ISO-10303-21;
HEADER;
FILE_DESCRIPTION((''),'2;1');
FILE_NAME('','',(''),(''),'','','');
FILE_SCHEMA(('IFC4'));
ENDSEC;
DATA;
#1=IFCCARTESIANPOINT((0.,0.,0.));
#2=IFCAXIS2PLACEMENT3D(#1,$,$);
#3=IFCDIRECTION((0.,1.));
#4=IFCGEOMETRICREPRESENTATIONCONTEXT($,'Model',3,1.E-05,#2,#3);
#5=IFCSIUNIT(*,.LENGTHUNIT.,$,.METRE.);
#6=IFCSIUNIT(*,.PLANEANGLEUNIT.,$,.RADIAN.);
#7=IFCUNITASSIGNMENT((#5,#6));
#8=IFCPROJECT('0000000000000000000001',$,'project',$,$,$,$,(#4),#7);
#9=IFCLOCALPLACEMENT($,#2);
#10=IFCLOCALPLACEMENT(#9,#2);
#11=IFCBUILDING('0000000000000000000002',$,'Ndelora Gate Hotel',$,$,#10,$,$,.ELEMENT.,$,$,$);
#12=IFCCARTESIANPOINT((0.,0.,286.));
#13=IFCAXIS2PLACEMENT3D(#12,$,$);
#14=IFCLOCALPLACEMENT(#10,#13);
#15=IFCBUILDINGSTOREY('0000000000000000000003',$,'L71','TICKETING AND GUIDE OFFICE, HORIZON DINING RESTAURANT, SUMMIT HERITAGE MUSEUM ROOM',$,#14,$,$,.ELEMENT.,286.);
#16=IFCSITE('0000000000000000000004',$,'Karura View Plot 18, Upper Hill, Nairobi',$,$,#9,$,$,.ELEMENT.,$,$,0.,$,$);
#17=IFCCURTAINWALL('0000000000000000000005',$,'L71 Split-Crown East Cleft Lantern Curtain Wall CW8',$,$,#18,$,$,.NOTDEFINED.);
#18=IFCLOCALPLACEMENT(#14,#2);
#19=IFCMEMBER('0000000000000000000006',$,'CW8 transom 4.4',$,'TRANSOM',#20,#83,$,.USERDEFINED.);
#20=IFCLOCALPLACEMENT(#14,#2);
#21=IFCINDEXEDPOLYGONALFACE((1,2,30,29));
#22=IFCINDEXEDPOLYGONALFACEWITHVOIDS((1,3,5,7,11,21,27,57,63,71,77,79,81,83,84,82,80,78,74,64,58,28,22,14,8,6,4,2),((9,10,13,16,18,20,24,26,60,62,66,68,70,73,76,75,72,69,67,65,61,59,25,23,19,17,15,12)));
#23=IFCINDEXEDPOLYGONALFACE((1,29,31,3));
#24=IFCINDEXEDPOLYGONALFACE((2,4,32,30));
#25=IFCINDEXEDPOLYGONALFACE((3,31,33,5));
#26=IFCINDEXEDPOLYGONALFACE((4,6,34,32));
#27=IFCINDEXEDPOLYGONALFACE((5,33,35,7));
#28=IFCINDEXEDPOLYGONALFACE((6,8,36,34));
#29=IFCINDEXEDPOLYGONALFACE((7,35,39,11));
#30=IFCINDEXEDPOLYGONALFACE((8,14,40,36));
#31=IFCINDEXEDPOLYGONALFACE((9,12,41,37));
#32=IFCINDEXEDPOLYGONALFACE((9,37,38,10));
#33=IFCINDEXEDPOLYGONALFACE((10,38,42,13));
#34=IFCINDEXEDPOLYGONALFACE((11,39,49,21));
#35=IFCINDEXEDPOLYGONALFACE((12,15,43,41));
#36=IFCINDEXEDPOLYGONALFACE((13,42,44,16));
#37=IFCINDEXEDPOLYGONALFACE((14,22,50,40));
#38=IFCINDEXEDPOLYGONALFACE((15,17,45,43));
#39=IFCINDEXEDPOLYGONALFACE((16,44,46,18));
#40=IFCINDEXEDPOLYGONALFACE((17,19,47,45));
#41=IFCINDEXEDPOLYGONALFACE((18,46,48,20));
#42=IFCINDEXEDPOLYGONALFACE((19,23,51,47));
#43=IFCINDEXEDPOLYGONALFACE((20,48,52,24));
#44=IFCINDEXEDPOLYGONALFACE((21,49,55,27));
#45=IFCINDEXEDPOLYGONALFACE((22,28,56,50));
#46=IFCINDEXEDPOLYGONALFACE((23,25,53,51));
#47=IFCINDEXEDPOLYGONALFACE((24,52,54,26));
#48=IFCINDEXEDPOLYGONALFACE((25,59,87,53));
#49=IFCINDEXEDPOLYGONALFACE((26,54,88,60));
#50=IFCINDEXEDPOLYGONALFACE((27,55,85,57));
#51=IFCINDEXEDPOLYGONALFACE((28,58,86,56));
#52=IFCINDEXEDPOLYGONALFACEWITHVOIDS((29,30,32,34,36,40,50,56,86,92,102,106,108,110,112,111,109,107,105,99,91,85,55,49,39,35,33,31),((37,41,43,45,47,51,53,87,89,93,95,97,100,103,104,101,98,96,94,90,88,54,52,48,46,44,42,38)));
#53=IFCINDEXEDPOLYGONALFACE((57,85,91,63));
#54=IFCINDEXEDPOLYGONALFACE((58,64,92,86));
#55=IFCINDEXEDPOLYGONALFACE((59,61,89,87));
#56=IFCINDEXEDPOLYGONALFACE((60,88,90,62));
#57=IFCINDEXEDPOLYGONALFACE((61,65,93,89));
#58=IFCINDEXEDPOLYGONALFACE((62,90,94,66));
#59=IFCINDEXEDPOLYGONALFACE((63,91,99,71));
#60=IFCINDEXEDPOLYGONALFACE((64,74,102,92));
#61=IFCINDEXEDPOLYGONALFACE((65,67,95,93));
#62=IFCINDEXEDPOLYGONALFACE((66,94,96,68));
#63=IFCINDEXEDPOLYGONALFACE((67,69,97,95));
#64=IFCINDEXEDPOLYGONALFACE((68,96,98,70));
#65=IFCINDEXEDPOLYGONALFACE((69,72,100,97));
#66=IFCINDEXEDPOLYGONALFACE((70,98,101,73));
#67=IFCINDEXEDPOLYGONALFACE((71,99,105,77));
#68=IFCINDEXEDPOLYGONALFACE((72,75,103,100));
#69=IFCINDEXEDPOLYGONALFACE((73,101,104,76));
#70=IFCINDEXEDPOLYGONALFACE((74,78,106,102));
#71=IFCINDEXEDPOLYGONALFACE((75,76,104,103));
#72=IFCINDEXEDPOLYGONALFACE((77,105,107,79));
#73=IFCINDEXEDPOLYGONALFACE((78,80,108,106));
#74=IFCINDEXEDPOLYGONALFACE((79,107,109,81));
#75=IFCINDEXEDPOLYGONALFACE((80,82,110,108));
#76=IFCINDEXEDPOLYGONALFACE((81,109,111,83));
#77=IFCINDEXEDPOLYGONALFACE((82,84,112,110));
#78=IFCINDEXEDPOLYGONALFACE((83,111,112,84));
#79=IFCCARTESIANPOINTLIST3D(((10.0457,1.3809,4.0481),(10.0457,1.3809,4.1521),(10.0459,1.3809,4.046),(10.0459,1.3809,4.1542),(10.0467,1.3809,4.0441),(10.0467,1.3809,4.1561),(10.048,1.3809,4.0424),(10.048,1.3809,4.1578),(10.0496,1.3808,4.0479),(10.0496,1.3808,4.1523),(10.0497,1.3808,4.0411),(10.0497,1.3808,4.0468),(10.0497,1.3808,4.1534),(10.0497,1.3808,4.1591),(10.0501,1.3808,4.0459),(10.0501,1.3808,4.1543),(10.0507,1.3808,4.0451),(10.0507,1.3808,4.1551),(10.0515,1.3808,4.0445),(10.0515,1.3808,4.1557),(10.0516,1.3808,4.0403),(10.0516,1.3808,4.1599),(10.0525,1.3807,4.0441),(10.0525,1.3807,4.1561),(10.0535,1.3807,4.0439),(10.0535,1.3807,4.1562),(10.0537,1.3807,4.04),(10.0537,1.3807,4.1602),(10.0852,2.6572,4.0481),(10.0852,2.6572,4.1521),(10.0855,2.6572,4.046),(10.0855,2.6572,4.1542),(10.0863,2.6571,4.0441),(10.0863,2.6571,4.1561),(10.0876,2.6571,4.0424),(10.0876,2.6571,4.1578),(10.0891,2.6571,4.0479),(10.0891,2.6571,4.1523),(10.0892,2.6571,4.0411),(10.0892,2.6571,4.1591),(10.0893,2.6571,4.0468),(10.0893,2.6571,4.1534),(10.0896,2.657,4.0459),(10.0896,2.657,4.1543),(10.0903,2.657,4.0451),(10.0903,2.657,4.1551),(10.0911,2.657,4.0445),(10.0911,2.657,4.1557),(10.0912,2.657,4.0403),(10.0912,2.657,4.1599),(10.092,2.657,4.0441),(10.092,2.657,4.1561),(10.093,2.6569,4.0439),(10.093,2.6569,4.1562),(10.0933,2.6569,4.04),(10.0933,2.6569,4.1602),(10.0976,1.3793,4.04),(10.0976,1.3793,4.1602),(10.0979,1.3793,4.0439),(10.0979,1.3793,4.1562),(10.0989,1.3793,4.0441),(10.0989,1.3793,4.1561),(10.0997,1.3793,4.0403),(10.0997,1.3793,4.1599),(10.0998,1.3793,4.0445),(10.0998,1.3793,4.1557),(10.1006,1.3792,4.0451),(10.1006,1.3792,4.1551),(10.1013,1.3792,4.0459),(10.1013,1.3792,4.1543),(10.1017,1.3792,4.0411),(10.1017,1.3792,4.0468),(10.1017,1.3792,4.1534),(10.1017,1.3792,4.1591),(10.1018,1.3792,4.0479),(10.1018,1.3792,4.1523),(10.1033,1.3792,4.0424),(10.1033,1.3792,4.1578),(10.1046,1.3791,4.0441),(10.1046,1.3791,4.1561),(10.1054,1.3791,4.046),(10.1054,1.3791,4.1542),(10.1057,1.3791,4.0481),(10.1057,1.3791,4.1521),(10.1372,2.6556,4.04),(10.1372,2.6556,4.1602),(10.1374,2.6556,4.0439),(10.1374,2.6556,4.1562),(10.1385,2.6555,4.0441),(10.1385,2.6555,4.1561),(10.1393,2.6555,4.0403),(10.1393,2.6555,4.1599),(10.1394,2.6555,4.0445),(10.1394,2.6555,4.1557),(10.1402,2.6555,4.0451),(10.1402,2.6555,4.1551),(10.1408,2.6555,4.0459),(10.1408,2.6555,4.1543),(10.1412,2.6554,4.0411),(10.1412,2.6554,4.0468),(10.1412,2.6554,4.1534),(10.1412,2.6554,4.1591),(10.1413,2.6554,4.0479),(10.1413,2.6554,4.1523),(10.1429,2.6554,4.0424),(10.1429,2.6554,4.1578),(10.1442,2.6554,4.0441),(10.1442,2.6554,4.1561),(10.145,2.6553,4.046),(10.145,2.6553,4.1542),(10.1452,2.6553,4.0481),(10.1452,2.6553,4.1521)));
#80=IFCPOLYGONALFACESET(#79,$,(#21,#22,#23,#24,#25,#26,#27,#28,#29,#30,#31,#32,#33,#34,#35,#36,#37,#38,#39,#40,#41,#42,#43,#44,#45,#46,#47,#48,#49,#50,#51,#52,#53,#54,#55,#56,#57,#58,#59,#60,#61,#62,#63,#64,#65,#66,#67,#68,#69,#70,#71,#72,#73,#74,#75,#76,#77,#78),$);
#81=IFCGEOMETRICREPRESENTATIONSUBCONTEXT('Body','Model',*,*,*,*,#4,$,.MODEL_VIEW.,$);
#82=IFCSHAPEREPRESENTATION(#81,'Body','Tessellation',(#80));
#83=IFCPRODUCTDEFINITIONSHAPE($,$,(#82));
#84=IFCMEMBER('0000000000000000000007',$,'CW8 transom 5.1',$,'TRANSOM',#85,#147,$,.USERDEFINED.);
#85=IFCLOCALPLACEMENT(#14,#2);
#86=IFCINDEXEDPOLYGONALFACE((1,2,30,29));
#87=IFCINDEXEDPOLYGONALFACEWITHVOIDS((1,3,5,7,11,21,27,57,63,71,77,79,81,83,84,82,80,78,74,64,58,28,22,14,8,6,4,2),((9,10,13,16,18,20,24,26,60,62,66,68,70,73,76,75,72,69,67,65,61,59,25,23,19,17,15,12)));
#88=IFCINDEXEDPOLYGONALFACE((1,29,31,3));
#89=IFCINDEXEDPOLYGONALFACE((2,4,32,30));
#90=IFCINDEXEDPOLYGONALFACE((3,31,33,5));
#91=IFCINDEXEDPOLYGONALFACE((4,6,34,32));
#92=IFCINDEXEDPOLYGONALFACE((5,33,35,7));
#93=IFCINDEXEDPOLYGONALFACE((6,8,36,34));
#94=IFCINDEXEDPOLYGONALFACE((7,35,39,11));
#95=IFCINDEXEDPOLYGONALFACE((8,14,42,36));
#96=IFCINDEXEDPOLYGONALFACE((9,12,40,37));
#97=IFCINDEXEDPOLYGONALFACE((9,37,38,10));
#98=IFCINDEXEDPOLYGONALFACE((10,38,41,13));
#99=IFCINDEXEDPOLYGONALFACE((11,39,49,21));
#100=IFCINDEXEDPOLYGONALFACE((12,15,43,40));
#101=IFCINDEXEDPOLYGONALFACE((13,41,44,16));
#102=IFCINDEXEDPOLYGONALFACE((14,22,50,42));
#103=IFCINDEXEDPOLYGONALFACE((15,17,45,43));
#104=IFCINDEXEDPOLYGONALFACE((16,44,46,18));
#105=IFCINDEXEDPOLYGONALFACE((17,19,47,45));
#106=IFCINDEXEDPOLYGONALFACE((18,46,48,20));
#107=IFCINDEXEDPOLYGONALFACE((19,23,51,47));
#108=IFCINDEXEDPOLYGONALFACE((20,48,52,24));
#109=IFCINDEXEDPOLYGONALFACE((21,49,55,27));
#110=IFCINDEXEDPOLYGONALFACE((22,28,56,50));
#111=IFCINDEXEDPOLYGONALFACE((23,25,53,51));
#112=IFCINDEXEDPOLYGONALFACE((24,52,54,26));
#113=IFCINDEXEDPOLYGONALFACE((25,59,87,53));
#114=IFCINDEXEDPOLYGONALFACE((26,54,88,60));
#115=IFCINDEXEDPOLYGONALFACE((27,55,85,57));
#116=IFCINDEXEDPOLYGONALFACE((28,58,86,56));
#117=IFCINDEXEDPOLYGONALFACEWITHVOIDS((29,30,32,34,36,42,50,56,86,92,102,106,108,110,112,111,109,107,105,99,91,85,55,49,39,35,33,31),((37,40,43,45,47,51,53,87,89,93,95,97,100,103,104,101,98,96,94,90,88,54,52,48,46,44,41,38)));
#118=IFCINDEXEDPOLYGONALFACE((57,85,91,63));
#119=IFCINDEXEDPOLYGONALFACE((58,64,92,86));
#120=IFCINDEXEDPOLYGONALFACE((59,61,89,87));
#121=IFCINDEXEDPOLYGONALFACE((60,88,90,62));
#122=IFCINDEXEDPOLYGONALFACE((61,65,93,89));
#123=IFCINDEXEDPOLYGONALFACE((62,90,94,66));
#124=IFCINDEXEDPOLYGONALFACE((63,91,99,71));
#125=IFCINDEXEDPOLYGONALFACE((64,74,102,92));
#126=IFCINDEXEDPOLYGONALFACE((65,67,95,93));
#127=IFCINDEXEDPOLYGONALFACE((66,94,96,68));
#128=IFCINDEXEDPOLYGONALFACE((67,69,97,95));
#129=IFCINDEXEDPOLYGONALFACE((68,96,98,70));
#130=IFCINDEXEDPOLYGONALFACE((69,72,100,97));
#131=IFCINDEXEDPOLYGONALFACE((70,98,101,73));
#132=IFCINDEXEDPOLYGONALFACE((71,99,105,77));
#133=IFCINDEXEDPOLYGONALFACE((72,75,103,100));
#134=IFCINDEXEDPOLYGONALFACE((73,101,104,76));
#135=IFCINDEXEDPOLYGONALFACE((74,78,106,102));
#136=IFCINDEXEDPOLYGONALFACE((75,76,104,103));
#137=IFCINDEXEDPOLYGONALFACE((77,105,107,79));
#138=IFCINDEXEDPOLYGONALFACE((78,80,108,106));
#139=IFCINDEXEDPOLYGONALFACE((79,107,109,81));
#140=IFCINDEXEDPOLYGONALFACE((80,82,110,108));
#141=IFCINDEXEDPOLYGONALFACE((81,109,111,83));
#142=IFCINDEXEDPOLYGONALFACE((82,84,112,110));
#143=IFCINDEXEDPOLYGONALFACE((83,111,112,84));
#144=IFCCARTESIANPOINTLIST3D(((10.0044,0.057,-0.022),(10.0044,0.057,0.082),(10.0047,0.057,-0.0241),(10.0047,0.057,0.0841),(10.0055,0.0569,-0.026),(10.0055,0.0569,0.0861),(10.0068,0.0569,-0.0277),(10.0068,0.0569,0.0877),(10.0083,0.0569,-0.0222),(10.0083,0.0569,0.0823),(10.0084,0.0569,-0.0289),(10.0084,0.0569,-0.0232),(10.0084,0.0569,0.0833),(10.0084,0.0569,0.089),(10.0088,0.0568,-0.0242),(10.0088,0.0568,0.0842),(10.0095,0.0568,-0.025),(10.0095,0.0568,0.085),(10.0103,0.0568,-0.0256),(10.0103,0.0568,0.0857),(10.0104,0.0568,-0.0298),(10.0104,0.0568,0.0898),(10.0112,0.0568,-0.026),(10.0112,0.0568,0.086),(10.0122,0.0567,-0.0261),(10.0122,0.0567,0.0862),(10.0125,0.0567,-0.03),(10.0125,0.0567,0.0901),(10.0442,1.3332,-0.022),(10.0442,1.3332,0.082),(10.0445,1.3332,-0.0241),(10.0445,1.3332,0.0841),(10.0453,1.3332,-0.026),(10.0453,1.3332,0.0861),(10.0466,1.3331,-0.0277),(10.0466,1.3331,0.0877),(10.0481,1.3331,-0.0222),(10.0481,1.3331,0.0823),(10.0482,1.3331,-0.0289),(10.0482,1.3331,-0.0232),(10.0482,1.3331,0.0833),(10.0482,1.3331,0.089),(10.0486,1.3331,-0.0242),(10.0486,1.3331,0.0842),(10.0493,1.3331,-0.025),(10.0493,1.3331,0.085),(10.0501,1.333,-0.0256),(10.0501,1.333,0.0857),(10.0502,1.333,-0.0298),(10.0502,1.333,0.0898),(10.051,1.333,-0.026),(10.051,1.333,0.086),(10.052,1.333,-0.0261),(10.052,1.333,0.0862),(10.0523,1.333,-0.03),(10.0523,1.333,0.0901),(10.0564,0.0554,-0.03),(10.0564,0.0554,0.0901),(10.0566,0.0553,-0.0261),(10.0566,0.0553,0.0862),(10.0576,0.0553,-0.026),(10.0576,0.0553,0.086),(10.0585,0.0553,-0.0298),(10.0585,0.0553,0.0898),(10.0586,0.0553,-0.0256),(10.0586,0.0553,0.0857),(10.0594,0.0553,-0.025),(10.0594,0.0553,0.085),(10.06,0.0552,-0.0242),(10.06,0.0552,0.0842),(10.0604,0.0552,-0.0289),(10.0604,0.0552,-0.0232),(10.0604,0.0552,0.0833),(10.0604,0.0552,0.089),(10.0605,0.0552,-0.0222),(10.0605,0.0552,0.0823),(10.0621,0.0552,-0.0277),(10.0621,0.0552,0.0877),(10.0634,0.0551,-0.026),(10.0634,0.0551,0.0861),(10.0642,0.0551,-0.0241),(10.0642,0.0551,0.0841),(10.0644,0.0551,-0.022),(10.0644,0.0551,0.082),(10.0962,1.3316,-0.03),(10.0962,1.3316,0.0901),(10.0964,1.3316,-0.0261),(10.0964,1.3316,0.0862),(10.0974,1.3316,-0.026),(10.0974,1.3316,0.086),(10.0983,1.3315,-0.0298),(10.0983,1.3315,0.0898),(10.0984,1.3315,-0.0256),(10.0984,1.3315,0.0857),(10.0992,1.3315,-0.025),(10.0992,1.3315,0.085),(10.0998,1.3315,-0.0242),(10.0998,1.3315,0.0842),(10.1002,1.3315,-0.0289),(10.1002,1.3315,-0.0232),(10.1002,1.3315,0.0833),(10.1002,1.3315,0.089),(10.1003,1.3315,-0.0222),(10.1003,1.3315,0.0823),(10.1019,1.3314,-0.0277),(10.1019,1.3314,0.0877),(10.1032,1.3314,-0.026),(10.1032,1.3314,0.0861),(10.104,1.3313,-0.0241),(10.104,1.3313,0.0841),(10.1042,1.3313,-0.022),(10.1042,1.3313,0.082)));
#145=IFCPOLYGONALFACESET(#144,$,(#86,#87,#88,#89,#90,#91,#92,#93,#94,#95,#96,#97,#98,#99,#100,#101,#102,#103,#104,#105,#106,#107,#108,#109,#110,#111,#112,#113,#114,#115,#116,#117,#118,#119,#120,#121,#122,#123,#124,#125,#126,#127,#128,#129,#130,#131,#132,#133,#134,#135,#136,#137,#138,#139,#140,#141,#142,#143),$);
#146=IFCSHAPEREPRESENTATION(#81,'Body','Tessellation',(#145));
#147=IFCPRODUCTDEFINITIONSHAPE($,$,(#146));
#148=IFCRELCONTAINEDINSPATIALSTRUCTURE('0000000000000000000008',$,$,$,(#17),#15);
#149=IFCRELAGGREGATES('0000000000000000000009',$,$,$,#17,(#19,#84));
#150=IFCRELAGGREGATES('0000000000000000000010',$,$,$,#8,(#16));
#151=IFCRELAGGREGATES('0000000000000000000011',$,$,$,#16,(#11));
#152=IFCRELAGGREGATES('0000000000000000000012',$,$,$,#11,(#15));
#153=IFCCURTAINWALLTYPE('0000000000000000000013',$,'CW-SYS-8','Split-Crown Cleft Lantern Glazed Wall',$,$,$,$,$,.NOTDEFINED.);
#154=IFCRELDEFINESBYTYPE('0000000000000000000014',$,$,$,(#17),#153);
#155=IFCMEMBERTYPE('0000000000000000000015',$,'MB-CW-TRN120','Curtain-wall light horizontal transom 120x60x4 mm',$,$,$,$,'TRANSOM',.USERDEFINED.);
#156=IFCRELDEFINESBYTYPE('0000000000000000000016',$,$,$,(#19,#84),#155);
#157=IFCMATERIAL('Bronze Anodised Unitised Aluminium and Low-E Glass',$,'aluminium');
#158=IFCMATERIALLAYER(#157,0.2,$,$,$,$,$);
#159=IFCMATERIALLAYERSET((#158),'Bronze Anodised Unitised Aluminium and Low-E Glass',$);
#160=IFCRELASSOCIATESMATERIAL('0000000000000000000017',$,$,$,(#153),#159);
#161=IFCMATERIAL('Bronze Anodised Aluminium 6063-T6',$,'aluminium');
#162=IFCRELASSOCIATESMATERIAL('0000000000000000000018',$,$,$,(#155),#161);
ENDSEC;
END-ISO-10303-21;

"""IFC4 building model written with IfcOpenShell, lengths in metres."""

from ifc_helpers import new_model, si_unit, direction, frame, origin, origin_2d, place, context, subcontext, project, spatial, hollow_rectangle, extrude, material, layer, layer_set, material_profile, profile_set, type_object, element, aggregate, save


model = new_model("IFC4")

# Units and contexts
model_context = context("Model", 3, precision=1e-05, world=origin(), true_north=direction((0.0, 1.0)))
body_context = subcontext(model_context, "Body", "Model", "MODEL_VIEW")
ifc_project = project(units=[si_unit("LENGTHUNIT", "METRE"), si_unit("PLANEANGLEUNIT", "RADIAN")], contexts=[model_context])

# Site, building, storey
site_placement = place(None, origin())
site = spatial("IfcSite", under=ifc_project, at=site_placement, Name="Karura View Plot 18, Upper Hill, Nairobi", CompositionType="ELEMENT", RefElevation=0.0)
building_placement = place(site_placement, origin())
building = spatial("IfcBuilding", under=site, at=building_placement, Name="Ndelora Gate Hotel", CompositionType="ELEMENT")
storey_placement = place(building_placement, frame((0.0, 0.0, 286.0)))
storey = spatial("IfcBuildingStorey", under=building, at=storey_placement, Name="L71", Description="TICKETING AND GUIDE OFFICE, HORIZON DINING RESTAURANT, SUMMIT HERITAGE MUSEUM ROOM", CompositionType="ELEMENT", Elevation=286.0)

# Curtain wall, members
ifc_material_1 = material(Name="Bronze Anodised Unitised Aluminium and Low-E Glass", Category="aluminium")
ifc_layer_1 = layer(ifc_material_1, 0.2)
ifc_layer_set_1 = layer_set([ifc_layer_1], Name="Bronze Anodised Unitised Aluminium and Low-E Glass")
curtain_wall_type = type_object("IfcCurtainWallType", Name="CW-SYS-8", Description="Split-Crown Cleft Lantern Glazed Wall", PredefinedType="NOTDEFINED", material=ifc_layer_set_1)
curtain_wall_placement = place(storey_placement, origin())
curtain_wall = element("IfcCurtainWall", 1, at=curtain_wall_placement, inside=storey, type_object=curtain_wall_type, Name="L71 Split-Crown East Cleft Lantern Curtain Wall CW8", PredefinedType="NOTDEFINED")
ifc_material_2 = material(Name="Bronze Anodised Aluminium 6063-T6", Category="aluminium")
ifc_material_profile_1 = material_profile(ifc_material_2, hollow_rectangle(XDim=0.0601, YDim=0.1201, WallThickness=0.0039, InnerFilletRadius=0.0039, OuterFilletRadius=0.0081, at=origin_2d()), Name="ALU 120x60x4")
ifc_profile_set_1 = profile_set([ifc_material_profile_1], Name="Bronze Anodised Aluminium 6063-T6")
member_type_1 = type_object("IfcMemberType", Name="MB-CW-TRN120", Description="Curtain-wall light horizontal transom 120x60x4 mm", ElementType="TRANSOM", PredefinedType="USERDEFINED", material=ifc_profile_set_1)
member_1_placement = place(storey_placement, frame((10.1152, 2.6562, 4.1001), z_axis=(-0.030978, -0.99952, 0.0), x_axis=(0.99952, -0.030978, 0.0)))
member_1 = element("IfcMember", 2, at=member_1_placement, type_object=member_type_1, Name="CW8 transom 4.4", ObjectType="TRANSOM", PredefinedType="USERDEFINED", context=body_context, shape_type="SweptSolid", body=[
    extrude(hollow_rectangle(XDim=0.0601, YDim=0.1201, WallThickness=0.0039, InnerFilletRadius=0.0039, OuterFilletRadius=0.0081, at=origin_2d()), origin(), (0.0, 0.0, 1.0), 1.2769),
])
member_2_placement = place(storey_placement, frame((10.0742, 1.3323, 0.03), z_axis=(-0.031169, -0.999514, 0.0), x_axis=(0.999514, -0.031169, 0.0)))
member_2 = element("IfcMember", 3, at=member_2_placement, type_object=member_type_1, Name="CW8 transom 5.1", ObjectType="TRANSOM", PredefinedType="USERDEFINED", context=body_context, shape_type="SweptSolid", body=[
    extrude(hollow_rectangle(XDim=0.0601, YDim=0.1201, WallThickness=0.0039, InnerFilletRadius=0.0039, OuterFilletRadius=0.0081, at=origin_2d()), origin(), (0.0, 0.0, 1.0), 1.2769),
])
aggregate(curtain_wall, [member_1, member_2])

save(model, "model.ifc")
